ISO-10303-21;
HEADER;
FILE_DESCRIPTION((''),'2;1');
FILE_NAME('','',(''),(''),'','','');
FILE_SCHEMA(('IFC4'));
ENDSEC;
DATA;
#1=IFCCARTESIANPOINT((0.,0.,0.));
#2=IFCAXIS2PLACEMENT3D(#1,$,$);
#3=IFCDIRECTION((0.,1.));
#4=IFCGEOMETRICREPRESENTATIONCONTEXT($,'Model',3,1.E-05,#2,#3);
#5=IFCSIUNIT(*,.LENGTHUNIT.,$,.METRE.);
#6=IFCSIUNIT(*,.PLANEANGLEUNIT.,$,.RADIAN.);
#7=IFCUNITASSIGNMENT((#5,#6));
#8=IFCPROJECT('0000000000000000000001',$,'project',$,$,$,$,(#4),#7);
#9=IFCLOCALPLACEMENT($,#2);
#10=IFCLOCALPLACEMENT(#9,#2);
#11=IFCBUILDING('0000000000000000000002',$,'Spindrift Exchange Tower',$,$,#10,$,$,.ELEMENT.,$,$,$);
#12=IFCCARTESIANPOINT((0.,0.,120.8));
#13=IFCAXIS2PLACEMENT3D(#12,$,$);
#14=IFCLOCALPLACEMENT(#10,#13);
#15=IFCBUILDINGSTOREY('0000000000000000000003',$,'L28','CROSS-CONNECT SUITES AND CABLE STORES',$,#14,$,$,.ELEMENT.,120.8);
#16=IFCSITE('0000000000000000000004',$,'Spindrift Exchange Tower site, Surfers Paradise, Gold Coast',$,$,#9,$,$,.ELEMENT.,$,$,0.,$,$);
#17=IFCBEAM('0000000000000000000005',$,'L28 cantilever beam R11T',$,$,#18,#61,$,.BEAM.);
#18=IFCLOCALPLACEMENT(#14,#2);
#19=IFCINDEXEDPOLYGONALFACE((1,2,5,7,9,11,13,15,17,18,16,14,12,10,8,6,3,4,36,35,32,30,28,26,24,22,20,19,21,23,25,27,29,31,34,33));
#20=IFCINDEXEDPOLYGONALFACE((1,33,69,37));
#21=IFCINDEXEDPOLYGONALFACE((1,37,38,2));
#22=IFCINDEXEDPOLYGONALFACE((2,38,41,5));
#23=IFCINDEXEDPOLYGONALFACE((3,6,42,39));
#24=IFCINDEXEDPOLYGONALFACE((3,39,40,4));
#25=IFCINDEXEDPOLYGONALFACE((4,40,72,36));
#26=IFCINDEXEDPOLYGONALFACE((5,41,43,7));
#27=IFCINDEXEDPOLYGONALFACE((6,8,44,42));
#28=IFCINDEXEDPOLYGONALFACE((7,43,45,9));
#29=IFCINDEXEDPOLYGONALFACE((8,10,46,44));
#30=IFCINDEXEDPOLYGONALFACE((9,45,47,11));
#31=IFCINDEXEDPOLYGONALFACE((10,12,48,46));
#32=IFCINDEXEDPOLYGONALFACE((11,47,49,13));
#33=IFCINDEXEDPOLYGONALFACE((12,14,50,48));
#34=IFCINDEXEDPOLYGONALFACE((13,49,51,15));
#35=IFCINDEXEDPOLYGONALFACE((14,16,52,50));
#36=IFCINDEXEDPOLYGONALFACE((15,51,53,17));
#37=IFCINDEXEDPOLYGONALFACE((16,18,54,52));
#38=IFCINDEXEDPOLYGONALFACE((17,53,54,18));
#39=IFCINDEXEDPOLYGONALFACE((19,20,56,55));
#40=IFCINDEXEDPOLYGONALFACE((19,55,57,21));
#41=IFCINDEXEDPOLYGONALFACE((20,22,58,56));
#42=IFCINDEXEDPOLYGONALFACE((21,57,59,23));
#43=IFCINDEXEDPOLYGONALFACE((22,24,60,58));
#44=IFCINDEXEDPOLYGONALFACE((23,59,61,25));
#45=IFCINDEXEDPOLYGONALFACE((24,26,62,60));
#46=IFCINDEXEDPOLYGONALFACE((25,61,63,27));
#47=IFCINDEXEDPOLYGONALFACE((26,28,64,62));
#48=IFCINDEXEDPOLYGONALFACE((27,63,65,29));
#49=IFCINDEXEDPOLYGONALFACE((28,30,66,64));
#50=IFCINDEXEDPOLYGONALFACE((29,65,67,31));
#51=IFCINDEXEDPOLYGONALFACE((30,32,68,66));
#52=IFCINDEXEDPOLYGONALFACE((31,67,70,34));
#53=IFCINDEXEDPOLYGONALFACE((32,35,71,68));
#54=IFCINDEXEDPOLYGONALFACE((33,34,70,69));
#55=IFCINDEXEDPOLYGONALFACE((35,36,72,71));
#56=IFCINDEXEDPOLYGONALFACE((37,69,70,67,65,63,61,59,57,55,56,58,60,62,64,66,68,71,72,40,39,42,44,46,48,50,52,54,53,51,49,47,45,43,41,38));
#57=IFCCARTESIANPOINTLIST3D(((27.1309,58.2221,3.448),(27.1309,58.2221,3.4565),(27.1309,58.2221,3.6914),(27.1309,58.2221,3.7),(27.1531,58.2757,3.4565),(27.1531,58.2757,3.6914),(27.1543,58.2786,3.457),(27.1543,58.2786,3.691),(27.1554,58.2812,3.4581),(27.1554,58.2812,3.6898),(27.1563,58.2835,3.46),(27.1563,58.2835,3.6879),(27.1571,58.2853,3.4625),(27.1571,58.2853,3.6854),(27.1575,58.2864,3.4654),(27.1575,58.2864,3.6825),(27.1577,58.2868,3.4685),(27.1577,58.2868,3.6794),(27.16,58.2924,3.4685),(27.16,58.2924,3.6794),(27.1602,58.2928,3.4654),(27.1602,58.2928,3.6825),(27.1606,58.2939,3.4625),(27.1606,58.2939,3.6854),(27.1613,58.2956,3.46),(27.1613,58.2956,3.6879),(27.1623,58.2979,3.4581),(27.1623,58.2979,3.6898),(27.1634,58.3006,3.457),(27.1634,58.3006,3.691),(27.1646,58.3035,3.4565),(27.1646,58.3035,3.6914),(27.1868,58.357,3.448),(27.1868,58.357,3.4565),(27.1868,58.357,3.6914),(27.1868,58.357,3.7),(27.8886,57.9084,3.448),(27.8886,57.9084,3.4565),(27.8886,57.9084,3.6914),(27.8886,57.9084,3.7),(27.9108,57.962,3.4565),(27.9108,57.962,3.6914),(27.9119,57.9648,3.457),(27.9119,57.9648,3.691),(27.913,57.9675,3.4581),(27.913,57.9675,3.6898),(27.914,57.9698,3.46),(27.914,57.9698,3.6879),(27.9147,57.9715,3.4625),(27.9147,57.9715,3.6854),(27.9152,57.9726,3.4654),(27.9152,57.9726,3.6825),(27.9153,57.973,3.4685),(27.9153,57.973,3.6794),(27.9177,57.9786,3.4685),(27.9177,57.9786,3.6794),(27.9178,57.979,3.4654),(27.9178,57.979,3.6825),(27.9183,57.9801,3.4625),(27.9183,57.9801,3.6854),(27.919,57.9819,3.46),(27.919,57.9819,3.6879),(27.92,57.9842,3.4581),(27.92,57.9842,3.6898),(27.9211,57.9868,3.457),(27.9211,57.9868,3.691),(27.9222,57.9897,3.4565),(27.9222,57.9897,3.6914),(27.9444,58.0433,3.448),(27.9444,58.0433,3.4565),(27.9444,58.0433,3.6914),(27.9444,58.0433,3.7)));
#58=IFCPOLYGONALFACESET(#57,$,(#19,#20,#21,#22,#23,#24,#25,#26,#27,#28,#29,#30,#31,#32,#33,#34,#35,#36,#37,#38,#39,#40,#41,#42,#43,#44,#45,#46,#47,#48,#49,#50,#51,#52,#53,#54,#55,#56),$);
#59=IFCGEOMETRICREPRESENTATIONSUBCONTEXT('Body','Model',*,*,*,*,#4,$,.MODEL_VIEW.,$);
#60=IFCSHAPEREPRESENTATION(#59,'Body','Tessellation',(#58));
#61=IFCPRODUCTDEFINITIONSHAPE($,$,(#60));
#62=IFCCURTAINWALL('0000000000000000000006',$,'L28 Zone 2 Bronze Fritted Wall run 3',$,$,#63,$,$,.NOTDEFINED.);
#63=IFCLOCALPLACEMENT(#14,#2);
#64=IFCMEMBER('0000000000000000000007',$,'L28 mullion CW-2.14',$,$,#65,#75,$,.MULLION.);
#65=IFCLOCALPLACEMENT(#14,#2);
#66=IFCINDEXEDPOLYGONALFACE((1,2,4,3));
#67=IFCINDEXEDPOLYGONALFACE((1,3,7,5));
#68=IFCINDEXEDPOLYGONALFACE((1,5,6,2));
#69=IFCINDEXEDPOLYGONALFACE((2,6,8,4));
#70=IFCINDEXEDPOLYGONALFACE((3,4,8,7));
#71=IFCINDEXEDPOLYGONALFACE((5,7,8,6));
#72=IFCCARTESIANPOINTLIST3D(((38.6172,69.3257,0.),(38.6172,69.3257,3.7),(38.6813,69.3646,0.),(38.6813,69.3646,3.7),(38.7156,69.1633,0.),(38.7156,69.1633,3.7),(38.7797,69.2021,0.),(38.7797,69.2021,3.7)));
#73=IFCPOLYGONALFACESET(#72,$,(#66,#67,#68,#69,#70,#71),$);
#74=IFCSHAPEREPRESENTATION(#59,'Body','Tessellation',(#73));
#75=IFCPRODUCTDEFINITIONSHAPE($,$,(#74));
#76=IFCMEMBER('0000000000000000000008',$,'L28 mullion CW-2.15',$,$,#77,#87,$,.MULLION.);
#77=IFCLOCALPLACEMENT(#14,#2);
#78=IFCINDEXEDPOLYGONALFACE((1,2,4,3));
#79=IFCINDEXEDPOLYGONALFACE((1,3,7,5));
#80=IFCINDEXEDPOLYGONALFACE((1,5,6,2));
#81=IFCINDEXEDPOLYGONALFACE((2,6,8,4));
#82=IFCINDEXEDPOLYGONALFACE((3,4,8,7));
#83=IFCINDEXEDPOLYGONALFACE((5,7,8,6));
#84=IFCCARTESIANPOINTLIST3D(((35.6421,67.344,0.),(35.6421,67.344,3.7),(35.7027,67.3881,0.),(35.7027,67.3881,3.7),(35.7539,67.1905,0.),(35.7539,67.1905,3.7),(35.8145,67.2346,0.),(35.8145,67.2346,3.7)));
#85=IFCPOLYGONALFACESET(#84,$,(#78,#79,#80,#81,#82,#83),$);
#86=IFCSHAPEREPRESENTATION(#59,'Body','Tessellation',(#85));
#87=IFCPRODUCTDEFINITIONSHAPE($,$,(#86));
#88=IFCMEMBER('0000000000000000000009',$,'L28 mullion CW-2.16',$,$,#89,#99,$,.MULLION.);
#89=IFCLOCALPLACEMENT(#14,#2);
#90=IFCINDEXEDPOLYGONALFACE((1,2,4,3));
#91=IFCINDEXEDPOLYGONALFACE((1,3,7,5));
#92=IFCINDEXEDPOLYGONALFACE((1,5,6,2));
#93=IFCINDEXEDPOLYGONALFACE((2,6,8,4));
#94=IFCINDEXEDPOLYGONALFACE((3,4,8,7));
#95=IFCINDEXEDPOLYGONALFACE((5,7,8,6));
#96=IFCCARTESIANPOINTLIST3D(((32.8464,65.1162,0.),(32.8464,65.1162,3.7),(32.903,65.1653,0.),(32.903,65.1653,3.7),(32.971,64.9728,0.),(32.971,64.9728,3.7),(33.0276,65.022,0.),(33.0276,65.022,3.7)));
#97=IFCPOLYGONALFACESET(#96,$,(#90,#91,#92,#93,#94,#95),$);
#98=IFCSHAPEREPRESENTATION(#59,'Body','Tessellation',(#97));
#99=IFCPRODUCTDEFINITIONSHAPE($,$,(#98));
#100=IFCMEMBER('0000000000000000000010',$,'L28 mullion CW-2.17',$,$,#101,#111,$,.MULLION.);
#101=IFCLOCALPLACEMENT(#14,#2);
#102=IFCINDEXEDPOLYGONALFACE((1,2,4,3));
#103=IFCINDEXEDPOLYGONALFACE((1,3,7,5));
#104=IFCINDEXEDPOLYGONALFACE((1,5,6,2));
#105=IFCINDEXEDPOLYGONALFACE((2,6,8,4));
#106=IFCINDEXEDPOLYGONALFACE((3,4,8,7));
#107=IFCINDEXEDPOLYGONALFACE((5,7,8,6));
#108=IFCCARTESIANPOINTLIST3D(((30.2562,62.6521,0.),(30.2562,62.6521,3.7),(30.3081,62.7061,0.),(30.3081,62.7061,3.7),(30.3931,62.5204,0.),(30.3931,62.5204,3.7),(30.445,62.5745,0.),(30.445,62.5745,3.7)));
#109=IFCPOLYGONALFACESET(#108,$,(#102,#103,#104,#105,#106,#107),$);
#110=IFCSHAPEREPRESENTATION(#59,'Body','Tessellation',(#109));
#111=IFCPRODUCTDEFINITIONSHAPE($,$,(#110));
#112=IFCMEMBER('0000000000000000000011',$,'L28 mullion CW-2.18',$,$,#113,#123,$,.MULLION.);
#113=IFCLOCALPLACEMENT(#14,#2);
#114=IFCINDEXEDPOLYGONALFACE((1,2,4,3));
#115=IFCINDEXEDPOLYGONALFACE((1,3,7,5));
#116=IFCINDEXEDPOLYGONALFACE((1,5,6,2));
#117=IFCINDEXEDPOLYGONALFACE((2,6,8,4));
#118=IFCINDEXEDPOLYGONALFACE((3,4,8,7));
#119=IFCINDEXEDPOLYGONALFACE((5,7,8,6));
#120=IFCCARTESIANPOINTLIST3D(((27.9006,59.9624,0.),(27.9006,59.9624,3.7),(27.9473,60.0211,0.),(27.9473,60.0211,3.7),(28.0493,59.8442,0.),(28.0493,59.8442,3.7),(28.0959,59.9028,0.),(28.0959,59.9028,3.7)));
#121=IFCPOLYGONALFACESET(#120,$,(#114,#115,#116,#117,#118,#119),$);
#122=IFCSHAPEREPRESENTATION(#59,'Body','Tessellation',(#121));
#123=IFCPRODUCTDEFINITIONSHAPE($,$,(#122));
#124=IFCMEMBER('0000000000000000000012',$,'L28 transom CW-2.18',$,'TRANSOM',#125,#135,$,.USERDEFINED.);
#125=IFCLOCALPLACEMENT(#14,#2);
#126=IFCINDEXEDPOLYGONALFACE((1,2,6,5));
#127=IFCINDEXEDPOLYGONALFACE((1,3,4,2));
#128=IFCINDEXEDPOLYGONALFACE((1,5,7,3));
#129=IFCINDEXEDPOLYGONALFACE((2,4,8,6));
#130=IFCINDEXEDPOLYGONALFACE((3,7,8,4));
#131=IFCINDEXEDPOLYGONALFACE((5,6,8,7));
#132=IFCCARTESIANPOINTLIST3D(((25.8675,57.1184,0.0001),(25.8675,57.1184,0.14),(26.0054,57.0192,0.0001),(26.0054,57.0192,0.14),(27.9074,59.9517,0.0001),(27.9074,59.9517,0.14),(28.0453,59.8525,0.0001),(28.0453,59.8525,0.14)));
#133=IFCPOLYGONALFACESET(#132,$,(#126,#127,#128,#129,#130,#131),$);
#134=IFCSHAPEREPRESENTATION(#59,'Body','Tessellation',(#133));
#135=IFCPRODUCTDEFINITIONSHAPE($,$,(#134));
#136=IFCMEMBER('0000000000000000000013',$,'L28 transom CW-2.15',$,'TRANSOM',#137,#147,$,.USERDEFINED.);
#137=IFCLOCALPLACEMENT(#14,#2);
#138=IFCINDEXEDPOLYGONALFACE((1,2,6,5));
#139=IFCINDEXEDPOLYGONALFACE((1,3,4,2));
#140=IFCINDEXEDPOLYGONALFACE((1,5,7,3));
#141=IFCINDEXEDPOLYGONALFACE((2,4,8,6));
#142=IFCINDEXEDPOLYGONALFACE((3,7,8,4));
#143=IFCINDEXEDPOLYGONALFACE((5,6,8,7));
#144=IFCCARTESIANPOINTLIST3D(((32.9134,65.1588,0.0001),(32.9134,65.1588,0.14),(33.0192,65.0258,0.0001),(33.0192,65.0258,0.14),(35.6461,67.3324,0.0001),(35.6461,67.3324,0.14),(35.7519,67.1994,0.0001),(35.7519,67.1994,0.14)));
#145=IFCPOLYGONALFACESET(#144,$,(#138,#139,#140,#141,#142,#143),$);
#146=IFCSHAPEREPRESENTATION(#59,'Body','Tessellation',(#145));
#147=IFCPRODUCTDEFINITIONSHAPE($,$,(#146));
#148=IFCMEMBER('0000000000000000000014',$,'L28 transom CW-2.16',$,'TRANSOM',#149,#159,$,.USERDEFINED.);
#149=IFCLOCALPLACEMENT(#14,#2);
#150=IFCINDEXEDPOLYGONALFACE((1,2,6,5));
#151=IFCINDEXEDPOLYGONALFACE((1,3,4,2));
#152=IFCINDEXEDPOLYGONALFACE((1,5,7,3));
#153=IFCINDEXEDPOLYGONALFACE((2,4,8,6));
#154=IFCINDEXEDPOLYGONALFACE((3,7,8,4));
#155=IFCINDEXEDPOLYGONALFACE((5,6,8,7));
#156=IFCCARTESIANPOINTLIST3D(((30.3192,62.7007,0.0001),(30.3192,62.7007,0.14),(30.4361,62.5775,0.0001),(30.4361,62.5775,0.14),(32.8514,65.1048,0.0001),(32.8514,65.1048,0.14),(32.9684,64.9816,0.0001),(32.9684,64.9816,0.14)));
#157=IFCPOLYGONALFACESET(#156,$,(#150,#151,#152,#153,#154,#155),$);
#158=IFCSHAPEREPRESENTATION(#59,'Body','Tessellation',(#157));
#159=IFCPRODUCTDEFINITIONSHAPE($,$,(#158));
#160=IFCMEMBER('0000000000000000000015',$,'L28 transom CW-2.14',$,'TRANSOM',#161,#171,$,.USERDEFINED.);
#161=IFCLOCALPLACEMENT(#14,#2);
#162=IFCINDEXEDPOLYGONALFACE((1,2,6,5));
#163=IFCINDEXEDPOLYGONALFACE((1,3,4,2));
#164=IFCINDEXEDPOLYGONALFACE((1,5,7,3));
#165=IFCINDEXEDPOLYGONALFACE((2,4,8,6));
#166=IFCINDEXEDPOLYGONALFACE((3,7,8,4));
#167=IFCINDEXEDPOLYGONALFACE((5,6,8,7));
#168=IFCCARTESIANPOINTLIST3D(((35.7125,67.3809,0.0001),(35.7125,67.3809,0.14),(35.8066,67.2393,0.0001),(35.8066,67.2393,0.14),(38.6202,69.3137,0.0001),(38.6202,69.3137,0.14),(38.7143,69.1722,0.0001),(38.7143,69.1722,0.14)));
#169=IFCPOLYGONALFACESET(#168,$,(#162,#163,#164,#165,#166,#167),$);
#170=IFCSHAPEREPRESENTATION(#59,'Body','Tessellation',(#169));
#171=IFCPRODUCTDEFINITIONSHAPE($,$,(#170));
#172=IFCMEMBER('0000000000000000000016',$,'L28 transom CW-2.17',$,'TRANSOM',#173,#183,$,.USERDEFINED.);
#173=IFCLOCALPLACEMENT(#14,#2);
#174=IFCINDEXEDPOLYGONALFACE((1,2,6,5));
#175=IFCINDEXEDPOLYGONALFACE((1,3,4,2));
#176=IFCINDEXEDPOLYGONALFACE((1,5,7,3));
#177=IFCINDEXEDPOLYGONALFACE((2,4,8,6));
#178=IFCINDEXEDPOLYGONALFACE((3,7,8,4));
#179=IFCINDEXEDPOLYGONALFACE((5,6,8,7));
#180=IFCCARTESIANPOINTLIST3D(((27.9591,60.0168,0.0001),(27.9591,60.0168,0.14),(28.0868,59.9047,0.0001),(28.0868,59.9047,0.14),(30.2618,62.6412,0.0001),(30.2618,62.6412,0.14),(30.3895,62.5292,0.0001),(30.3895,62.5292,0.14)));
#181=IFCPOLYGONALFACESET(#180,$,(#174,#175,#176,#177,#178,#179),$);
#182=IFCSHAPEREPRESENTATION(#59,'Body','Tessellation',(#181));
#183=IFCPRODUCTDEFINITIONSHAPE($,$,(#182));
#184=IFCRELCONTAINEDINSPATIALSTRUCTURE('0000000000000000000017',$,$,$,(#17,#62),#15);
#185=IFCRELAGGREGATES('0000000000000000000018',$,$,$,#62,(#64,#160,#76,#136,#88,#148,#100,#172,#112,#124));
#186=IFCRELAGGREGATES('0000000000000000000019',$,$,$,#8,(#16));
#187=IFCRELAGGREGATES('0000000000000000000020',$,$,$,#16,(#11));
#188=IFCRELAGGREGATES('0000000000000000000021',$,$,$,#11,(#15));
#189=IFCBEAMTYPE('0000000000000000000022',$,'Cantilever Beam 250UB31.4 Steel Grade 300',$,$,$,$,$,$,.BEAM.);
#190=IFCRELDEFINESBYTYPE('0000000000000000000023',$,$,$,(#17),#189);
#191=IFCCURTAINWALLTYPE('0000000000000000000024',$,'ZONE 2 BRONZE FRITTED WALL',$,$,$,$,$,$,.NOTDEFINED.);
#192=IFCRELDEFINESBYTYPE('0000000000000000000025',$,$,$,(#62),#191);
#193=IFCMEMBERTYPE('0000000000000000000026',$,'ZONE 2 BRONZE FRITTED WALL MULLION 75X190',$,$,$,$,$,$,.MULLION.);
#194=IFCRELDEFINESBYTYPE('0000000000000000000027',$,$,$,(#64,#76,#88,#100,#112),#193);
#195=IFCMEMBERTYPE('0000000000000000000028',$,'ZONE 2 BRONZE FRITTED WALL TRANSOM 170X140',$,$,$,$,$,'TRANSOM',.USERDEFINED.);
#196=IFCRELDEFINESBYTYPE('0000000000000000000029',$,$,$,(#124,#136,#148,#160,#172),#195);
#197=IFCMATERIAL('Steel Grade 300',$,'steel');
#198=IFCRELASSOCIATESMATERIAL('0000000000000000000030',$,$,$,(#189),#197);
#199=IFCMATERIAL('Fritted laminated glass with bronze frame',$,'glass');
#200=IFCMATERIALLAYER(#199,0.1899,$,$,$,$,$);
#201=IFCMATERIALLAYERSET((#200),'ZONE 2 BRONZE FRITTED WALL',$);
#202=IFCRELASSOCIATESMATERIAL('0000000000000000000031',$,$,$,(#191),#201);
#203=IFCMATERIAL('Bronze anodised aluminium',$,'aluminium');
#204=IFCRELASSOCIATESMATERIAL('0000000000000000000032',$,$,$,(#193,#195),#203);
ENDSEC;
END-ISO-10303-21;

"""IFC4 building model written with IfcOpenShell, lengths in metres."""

from ifc_helpers import new_model, si_unit, direction, frame, origin, origin_2d, place, context, subcontext, project, spatial, rectangle, i_section, extrude, source, transform, mapped, material, layer, layer_set, material_profile, profile_set, type_object, element, aggregate, save


model = new_model("IFC4")

# Units and contexts
model_context = context("Model", 3, precision=1e-05, world=origin(), true_north=direction((0.0, 1.0)))
body_context = subcontext(model_context, "Body", "Model", "MODEL_VIEW")
ifc_project = project(units=[si_unit("LENGTHUNIT", "METRE"), si_unit("PLANEANGLEUNIT", "RADIAN")], contexts=[model_context])

# Site, building, storey
site_placement = place(None, origin())
site = spatial("IfcSite", under=ifc_project, at=site_placement, Name="Spindrift Exchange Tower site, Surfers Paradise, Gold Coast", CompositionType="ELEMENT", RefElevation=0.0)
building_placement = place(site_placement, origin())
building = spatial("IfcBuilding", under=site, at=building_placement, Name="Spindrift Exchange Tower", CompositionType="ELEMENT")
storey_placement = place(building_placement, frame((0.0, 0.0, 120.8)))
storey = spatial("IfcBuildingStorey", under=building, at=storey_placement, Name="L28", Description="CROSS-CONNECT SUITES AND CABLE STORES", CompositionType="ELEMENT", Elevation=120.8)

# Beam
ifc_material_1 = material(Name="Steel Grade 300", Category="steel")
ifc_material_profile_1 = material_profile(ifc_material_1, i_section(OverallWidth=0.146, OverallDepth=0.252, WebThickness=0.0061, FlangeThickness=0.0085, FilletRadius=0.012, at=origin_2d()), Name="250UB31.4")
ifc_profile_set_1 = profile_set([ifc_material_profile_1], Name="Steel Grade 300")
beam_type_1 = type_object("IfcBeamType", Name="Cantilever Beam 250UB31.4 Steel Grade 300", PredefinedType="BEAM", material=ifc_profile_set_1)
shared_shape_1 = source(origin(), body_context, "Body", "SweptSolid", [
    extrude(i_section(OverallWidth=0.146, OverallDepth=0.252, WebThickness=0.0061, FlangeThickness=0.0085, FilletRadius=0.012, at=origin_2d()), origin(), (0.0, 0.0, 1.0), 0.8201),
])
beam_1_placement = place(storey_placement, frame((27.9165, 57.9758, 3.574), z_axis=(-0.923912, 0.382606, 0.0), x_axis=(-0.382606, -0.923912, 0.0)))
element("IfcBeam", 1, at=beam_1_placement, inside=storey, type_object=beam_type_1, Name="L28 cantilever beam R11T", PredefinedType="BEAM", context=body_context, shape_type="MappedRepresentation", body=[
    mapped(shared_shape_1, transform((0.0, 0.0, 0.0), scale=1.0)),
])

# Curtain wall, members
ifc_material_2 = material(Name="Fritted laminated glass with bronze frame", Category="glass")
ifc_layer_1 = layer(ifc_material_2, 0.1899)
ifc_layer_set_1 = layer_set([ifc_layer_1], Name="ZONE 2 BRONZE FRITTED WALL")
curtain_wall_type = type_object("IfcCurtainWallType", Name="ZONE 2 BRONZE FRITTED WALL", PredefinedType="NOTDEFINED", material=ifc_layer_set_1)
curtain_wall_placement = place(storey_placement, origin())
curtain_wall = element("IfcCurtainWall", 2, at=curtain_wall_placement, inside=storey, type_object=curtain_wall_type, Name="L28 Zone 2 Bronze Fritted Wall run 3", PredefinedType="NOTDEFINED")
ifc_material_3 = material(Name="Bronze anodised aluminium", Category="aluminium")
ifc_material_profile_2 = material_profile(ifc_material_3, rectangle(XDim=0.075, YDim=0.1899, at=origin_2d()), Name="ZONE 2 BRONZE FRITTED WALL MULLION 75X190")
ifc_profile_set_2 = profile_set([ifc_material_profile_2], Name="Bronze anodised aluminium")
member_type_1 = type_object("IfcMemberType", Name="ZONE 2 BRONZE FRITTED WALL MULLION 75X190", PredefinedType="MULLION", material=ifc_profile_set_2)
shared_shape_2 = source(origin(), body_context, "Body", "SweptSolid", [
    extrude(rectangle(XDim=0.075, YDim=0.1899, at=origin_2d()), origin(), (0.0, 0.0, 1.0), 3.7),
])
member_1_placement = place(storey_placement, frame((38.6985, 69.2639, 0.0), z_axis=(0.0, 0.0, 1.0), x_axis=(-0.85537, -0.518018, 0.0)))
member_1 = element("IfcMember", 3, at=member_1_placement, type_object=member_type_1, Name="L28 mullion CW-2.14", PredefinedType="MULLION", context=body_context, shape_type="MappedRepresentation", body=[
    mapped(shared_shape_2, transform((0.0, 0.0, 0.0), scale=1.0)),
])
member_2_placement = place(storey_placement, frame((35.7283, 67.2893, 0.0), z_axis=(0.0, 0.0, 1.0), x_axis=(-0.808428, -0.588595, 0.0)))
member_2 = element("IfcMember", 4, at=member_2_placement, type_object=member_type_1, Name="L28 mullion CW-2.15", PredefinedType="MULLION", context=body_context, shape_type="MappedRepresentation", body=[
    mapped(shared_shape_2, transform((0.0, 0.0, 0.0), scale=1.0)),
])
member_3_placement = place(storey_placement, frame((32.937, 65.0691, 0.0), z_axis=(0.0, 0.0, 1.0), x_axis=(-0.754629, -0.656151, 0.0)))
member_3 = element("IfcMember", 5, at=member_3_placement, type_object=member_type_1, Name="L28 mullion CW-2.16", PredefinedType="MULLION", context=body_context, shape_type="MappedRepresentation", body=[
    mapped(shared_shape_2, transform((0.0, 0.0, 0.0), scale=1.0)),
])
member_4_placement = place(storey_placement, frame((30.3506, 62.6133, 0.0), z_axis=(0.0, 0.0, 1.0), x_axis=(-0.693105, -0.720837, 0.0)))
member_4 = element("IfcMember", 6, at=member_4_placement, type_object=member_type_1, Name="L28 mullion CW-2.17", PredefinedType="MULLION", context=body_context, shape_type="MappedRepresentation", body=[
    mapped(shared_shape_2, transform((0.0, 0.0, 0.0), scale=1.0)),
])
member_5_placement = place(storey_placement, frame((27.9983, 59.9326, 0.0), z_axis=(0.0, 0.0, 1.0), x_axis=(-0.622645, -0.782505, 0.0)))
member_5 = element("IfcMember", 7, at=member_5_placement, type_object=member_type_1, Name="L28 mullion CW-2.18", PredefinedType="MULLION", context=body_context, shape_type="MappedRepresentation", body=[
    mapped(shared_shape_2, transform((0.0, 0.0, 0.0), scale=1.0)),
])
ifc_material_profile_3 = material_profile(ifc_material_3, rectangle(XDim=0.1699, YDim=0.1399, at=origin_2d()), Name="ZONE 2 BRONZE FRITTED WALL TRANSOM 170X140")
ifc_profile_set_3 = profile_set([ifc_material_profile_3], Name="Bronze anodised aluminium")
member_type_2 = type_object("IfcMemberType", Name="ZONE 2 BRONZE FRITTED WALL TRANSOM 170X140", ElementType="TRANSOM", PredefinedType="USERDEFINED", material=ifc_profile_set_3)
shared_shape_3 = source(origin(), body_context, "Body", "SweptSolid", [
    extrude(rectangle(XDim=0.1699, YDim=0.1399, at=origin_2d()), origin(), (0.0, 0.0, 1.0), 3.4912),
])
member_6_placement = place(storey_placement, frame((27.9763, 59.9021, 0.0701), z_axis=(-0.584277, -0.811554, 0.0), x_axis=(0.811554, -0.584277, 0.0)))
member_6 = element("IfcMember", 8, at=member_6_placement, type_object=member_type_2, Name="L28 transom CW-2.18", ObjectType="TRANSOM", PredefinedType="USERDEFINED", context=body_context, shape_type="MappedRepresentation", body=[
    mapped(shared_shape_3, transform((0.0, 0.0, 0.0), scale=1.0)),
])
shared_shape_4 = source(origin(), body_context, "Body", "SweptSolid", [
    extrude(rectangle(XDim=0.1699, YDim=0.1399, at=origin_2d()), origin(), (0.0, 0.0, 1.0), 3.4917),
])
member_7_placement = place(storey_placement, frame((35.699, 67.2659, 0.0701), z_axis=(-0.782619, -0.622501, 0.0), x_axis=(0.622501, -0.782619, 0.0)))
member_7 = element("IfcMember", 9, at=member_7_placement, type_object=member_type_2, Name="L28 transom CW-2.15", ObjectType="TRANSOM", PredefinedType="USERDEFINED", context=body_context, shape_type="MappedRepresentation", body=[
    mapped(shared_shape_4, transform((0.0, 0.0, 0.0), scale=1.0)),
])
member_8_placement = place(storey_placement, frame((32.9099, 65.0432, 0.0701), z_axis=(-0.725223, -0.688514, 0.0), x_axis=(0.688514, -0.725223, 0.0)))
member_8 = element("IfcMember", 10, at=member_8_placement, type_object=member_type_2, Name="L28 transom CW-2.16", ObjectType="TRANSOM", PredefinedType="USERDEFINED", context=body_context, shape_type="MappedRepresentation", body=[
    mapped(shared_shape_4, transform((0.0, 0.0, 0.0), scale=1.0)),
])
shared_shape_5 = source(origin(), body_context, "Body", "SweptSolid", [
    extrude(rectangle(XDim=0.1699, YDim=0.1399, at=origin_2d()), origin(), (0.0, 0.0, 1.0), 3.4915),
])
member_9_placement = place(storey_placement, frame((38.6672, 69.2429, 0.0701), z_axis=(-0.832792, -0.553586, 0.0), x_axis=(0.553586, -0.832792, 0.0)))
member_9 = element("IfcMember", 11, at=member_9_placement, type_object=member_type_2, Name="L28 transom CW-2.14", ObjectType="TRANSOM", PredefinedType="USERDEFINED", context=body_context, shape_type="MappedRepresentation", body=[
    mapped(shared_shape_5, transform((0.0, 0.0, 0.0), scale=1.0)),
])
member_10_placement = place(storey_placement, frame((30.3257, 62.5852, 0.0701), z_axis=(-0.659524, -0.751684, 0.0), x_axis=(0.751684, -0.659524, 0.0)))
member_10 = element("IfcMember", 12, at=member_10_placement, type_object=member_type_2, Name="L28 transom CW-2.17", ObjectType="TRANSOM", PredefinedType="USERDEFINED", context=body_context, shape_type="MappedRepresentation", body=[
    mapped(shared_shape_5, transform((0.0, 0.0, 0.0), scale=1.0)),
])
aggregate(curtain_wall, [member_1, member_9, member_2, member_7, member_3, member_8, member_4, member_10, member_5, member_6])

save(model, "model.ifc")
